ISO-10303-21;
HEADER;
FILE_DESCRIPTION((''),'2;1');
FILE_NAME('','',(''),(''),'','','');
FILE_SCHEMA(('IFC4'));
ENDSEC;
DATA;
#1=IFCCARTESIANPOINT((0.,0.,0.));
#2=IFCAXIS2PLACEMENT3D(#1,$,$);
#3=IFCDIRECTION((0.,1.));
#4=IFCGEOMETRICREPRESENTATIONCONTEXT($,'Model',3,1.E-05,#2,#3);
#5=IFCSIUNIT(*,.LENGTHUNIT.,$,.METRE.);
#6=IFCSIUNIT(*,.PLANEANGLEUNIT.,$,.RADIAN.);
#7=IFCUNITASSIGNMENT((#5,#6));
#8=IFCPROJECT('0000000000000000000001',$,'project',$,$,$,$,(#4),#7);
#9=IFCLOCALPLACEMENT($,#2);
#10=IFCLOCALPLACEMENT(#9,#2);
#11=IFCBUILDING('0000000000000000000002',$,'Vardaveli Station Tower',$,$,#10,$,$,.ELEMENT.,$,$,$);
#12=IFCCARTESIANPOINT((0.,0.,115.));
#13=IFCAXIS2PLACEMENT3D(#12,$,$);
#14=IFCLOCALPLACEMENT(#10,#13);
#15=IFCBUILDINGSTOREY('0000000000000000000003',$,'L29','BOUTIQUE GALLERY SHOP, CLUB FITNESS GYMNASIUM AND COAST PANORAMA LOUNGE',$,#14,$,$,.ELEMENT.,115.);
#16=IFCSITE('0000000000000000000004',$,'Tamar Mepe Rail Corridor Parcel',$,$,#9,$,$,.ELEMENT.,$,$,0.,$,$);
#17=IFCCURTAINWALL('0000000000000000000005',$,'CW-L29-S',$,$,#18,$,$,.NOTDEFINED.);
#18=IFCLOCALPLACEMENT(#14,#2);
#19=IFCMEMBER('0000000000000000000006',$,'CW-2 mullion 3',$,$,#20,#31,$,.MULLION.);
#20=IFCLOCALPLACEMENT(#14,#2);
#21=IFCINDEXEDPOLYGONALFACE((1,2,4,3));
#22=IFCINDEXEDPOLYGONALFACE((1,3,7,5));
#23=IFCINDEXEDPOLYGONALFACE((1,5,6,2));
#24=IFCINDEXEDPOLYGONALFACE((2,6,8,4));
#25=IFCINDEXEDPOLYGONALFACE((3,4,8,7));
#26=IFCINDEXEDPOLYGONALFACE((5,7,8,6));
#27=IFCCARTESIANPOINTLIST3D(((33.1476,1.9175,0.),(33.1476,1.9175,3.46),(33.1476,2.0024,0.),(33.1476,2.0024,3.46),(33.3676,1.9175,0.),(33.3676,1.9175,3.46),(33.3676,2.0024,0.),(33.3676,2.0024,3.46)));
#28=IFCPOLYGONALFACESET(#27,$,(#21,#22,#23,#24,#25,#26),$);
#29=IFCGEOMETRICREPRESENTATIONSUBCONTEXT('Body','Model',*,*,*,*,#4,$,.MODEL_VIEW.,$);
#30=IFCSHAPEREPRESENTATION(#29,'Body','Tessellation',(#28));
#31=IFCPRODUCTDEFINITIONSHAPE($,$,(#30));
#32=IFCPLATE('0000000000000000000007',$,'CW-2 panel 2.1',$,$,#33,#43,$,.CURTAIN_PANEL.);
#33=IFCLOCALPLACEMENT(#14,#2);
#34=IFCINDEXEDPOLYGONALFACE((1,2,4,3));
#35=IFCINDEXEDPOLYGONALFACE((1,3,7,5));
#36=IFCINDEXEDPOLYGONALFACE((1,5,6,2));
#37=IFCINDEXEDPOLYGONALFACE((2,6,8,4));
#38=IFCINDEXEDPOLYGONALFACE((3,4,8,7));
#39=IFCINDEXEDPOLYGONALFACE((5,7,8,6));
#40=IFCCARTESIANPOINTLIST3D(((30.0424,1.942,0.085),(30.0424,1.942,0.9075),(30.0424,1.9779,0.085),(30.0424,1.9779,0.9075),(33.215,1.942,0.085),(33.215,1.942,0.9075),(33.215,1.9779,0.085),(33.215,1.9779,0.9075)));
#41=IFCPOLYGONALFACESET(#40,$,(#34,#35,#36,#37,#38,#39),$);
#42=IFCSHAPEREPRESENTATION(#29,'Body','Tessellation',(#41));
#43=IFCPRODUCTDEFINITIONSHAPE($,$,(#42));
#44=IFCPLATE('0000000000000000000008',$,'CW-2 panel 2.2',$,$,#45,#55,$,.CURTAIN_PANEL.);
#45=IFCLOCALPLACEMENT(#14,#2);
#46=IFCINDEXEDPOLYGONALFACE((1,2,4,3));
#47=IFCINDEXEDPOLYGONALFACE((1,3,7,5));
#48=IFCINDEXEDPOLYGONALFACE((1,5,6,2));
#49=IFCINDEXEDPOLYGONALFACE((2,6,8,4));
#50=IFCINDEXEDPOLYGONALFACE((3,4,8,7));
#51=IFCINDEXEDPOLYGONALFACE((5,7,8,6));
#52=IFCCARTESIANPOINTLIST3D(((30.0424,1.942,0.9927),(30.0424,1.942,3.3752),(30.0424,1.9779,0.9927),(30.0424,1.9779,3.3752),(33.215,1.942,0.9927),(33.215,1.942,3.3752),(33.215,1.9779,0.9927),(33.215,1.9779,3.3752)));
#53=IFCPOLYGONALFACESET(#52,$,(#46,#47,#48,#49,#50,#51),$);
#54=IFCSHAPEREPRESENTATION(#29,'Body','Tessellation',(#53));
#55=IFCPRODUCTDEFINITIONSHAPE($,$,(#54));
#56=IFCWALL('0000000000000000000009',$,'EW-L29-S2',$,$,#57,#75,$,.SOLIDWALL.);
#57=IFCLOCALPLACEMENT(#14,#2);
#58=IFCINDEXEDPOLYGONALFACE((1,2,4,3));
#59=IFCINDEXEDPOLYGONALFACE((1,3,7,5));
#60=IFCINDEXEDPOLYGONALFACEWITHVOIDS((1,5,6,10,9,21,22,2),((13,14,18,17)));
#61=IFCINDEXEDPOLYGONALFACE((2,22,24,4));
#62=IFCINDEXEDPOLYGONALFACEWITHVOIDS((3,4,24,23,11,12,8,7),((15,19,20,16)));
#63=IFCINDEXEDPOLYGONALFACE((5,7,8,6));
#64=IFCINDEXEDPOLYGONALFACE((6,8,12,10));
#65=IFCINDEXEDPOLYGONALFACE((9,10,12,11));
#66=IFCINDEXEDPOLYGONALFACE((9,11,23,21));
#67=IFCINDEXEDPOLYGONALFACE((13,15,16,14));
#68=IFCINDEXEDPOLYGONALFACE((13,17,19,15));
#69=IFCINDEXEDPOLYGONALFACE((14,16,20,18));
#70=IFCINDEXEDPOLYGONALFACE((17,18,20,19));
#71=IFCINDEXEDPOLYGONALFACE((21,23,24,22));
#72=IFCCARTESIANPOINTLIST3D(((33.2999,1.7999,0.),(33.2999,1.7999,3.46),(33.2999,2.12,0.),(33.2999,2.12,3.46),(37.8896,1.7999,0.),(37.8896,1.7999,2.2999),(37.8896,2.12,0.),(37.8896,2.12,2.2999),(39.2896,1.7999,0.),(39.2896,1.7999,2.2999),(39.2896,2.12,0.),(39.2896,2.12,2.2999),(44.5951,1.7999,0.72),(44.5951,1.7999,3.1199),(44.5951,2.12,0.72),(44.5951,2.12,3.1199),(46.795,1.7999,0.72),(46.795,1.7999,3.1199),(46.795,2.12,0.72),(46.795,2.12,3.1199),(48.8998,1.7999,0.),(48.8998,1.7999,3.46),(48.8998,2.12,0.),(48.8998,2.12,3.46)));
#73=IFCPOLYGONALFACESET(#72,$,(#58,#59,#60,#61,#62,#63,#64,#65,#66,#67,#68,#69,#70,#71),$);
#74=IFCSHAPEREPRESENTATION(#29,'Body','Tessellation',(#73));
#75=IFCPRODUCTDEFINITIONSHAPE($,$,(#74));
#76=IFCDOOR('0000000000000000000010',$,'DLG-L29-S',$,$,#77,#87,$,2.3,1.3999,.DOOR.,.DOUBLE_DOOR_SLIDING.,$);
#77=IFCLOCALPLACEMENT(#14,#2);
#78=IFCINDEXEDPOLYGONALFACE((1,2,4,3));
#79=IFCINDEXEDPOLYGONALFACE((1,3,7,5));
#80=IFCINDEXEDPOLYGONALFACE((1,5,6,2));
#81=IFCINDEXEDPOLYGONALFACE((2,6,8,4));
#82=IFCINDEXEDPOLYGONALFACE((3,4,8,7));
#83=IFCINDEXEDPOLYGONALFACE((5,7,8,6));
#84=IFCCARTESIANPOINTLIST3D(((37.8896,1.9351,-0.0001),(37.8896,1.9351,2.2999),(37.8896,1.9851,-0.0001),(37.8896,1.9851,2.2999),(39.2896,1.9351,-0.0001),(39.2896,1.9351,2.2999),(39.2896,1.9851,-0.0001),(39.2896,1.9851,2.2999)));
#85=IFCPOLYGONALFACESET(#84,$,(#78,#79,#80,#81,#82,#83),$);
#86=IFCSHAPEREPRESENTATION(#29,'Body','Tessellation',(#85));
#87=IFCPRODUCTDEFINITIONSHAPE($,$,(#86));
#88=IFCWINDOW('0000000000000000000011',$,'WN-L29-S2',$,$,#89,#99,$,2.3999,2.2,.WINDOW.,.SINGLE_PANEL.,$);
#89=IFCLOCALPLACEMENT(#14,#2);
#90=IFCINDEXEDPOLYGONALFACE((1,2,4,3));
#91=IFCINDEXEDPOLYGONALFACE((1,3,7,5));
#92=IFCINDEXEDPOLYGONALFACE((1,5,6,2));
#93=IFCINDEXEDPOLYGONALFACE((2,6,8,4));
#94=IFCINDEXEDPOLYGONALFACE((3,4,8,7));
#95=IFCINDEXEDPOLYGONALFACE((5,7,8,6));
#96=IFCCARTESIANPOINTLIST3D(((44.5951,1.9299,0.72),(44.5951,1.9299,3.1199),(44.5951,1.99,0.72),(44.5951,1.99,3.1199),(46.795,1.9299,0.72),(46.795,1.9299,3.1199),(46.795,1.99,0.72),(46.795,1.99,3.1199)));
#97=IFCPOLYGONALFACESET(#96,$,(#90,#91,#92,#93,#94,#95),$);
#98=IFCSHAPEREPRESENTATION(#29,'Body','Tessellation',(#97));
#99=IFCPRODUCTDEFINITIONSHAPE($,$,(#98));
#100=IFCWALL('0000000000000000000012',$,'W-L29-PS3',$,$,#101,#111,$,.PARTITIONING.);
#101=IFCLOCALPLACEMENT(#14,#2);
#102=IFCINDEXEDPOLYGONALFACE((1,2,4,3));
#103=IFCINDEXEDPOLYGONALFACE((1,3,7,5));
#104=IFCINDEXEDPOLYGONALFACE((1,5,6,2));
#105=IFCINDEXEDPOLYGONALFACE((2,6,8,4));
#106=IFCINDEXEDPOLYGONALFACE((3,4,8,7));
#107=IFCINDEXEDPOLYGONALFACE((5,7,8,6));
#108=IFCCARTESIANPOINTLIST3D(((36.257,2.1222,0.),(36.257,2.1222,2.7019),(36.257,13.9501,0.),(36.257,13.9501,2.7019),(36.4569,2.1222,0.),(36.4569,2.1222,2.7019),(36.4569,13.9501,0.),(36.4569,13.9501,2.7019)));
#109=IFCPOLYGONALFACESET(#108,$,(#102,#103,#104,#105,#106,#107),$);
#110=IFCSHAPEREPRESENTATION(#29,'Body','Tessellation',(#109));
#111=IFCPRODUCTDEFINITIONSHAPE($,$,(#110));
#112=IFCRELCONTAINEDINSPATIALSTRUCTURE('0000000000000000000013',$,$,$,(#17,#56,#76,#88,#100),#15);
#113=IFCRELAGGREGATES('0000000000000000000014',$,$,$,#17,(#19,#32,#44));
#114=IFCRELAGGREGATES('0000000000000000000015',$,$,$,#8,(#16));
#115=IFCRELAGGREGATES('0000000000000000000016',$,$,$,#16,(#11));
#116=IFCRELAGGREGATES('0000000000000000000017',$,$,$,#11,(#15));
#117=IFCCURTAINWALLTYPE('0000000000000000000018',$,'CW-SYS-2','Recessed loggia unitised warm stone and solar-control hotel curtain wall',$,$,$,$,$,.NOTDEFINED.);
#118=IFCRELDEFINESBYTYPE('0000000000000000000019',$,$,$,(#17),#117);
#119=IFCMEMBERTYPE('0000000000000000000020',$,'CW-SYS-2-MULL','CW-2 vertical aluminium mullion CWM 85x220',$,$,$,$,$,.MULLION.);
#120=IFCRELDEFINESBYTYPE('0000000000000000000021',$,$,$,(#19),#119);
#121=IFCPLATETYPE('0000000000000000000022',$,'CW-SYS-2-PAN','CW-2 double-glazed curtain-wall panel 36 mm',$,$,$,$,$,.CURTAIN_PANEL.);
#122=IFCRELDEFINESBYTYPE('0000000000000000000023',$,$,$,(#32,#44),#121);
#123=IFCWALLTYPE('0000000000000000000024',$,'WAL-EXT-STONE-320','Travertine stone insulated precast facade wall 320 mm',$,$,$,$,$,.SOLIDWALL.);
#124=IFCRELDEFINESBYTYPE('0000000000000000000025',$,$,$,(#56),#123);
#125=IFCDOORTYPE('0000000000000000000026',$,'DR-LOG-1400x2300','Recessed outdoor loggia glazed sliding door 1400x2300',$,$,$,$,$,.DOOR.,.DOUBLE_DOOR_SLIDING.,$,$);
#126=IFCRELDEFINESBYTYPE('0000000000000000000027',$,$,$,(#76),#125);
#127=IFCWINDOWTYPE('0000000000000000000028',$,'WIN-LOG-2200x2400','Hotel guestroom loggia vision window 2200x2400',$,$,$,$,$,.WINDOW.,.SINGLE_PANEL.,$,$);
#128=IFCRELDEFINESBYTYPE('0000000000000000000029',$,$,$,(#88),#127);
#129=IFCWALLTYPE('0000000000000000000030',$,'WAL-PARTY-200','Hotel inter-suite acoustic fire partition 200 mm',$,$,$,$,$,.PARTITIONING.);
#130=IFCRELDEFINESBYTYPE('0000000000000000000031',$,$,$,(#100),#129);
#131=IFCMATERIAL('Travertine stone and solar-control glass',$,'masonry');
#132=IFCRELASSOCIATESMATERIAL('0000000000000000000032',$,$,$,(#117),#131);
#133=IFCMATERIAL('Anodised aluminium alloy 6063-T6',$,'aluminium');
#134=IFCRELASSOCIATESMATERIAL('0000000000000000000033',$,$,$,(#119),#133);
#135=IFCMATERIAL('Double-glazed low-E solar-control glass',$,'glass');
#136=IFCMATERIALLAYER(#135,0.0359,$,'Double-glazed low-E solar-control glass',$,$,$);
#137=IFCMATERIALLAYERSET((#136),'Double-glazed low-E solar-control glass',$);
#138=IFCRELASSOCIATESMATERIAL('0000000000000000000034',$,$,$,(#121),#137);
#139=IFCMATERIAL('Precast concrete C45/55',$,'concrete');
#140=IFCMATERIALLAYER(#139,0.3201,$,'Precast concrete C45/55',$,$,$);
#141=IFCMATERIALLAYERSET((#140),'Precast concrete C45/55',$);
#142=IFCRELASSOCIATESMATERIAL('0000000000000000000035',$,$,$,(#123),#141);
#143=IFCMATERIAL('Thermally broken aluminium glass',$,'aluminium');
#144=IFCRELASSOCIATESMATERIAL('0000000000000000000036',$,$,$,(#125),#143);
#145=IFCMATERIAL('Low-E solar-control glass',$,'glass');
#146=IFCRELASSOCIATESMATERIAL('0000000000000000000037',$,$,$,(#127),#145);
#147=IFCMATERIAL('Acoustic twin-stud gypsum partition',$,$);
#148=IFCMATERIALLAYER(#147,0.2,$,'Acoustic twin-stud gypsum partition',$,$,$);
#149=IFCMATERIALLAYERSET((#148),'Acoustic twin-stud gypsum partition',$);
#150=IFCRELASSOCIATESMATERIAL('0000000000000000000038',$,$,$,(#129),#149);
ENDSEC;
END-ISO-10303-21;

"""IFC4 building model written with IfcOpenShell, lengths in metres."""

from ifc_helpers import new_model, si_unit, direction, frame, frame_2d, origin, origin_2d, place, context, subcontext, project, spatial, rectangle, extrude, source, transform, mapped, material, layer, layer_set, material_profile, profile_set, type_object, element, fill, aggregate, save


model = new_model("IFC4")

# Units and contexts
model_context = context("Model", 3, precision=1e-05, world=origin(), true_north=direction((0.0, 1.0)))
body_context = subcontext(model_context, "Body", "Model", "MODEL_VIEW")
ifc_project = project(units=[si_unit("LENGTHUNIT", "METRE"), si_unit("PLANEANGLEUNIT", "RADIAN")], contexts=[model_context])

# Site, building, storey
site_placement = place(None, origin())
site = spatial("IfcSite", under=ifc_project, at=site_placement, Name="Tamar Mepe Rail Corridor Parcel", CompositionType="ELEMENT", RefElevation=0.0)
building_placement = place(site_placement, origin())
building = spatial("IfcBuilding", under=site, at=building_placement, Name="Vardaveli Station Tower", CompositionType="ELEMENT")
storey_placement = place(building_placement, frame((0.0, 0.0, 115.0)))
storey = spatial("IfcBuildingStorey", under=building, at=storey_placement, Name="L29", Description="BOUTIQUE GALLERY SHOP, CLUB FITNESS GYMNASIUM AND COAST PANORAMA LOUNGE", CompositionType="ELEMENT", Elevation=115.0)

# Shared definitions
ifc_material_1 = material(Name="Precast concrete C45/55", Category="concrete")

# Curtain wall, member, plates
ifc_material_2 = material(Name="Travertine stone and solar-control glass", Category="masonry")
curtain_wall_type = type_object("IfcCurtainWallType", Name="CW-SYS-2", Description="Recessed loggia unitised warm stone and solar-control hotel curtain wall", PredefinedType="NOTDEFINED", material=ifc_material_2)
curtain_wall_placement = place(storey_placement, origin())
curtain_wall = element("IfcCurtainWall", 1, at=curtain_wall_placement, inside=storey, type_object=curtain_wall_type, Name="CW-L29-S", PredefinedType="NOTDEFINED")
ifc_material_3 = material(Name="Anodised aluminium alloy 6063-T6", Category="aluminium")
ifc_material_profile_1 = material_profile(ifc_material_3, rectangle(XDim=0.085, YDim=0.22, at=origin_2d()), Name="CWM 85x220")
ifc_profile_set_1 = profile_set([ifc_material_profile_1], Name="Anodised aluminium alloy 6063-T6")
member_type = type_object("IfcMemberType", Name="CW-SYS-2-MULL", Description="CW-2 vertical aluminium mullion CWM 85x220", PredefinedType="MULLION", material=ifc_profile_set_1)
shared_shape_1 = source(origin(), body_context, "Body", "SweptSolid", [
    extrude(rectangle(XDim=0.085, YDim=0.22, at=origin_2d()), origin(), (0.0, 0.0, 1.0), 3.46),
])
member_placement = place(storey_placement, frame((33.2576, 1.96, 0.0), z_axis=(0.0, 0.0, 1.0), x_axis=(0.0, 1.0, 0.0)))
member = element("IfcMember", 2, at=member_placement, type_object=member_type, Name="CW-2 mullion 3", PredefinedType="MULLION", context=body_context, shape_type="MappedRepresentation", body=[
    mapped(shared_shape_1, transform((0.0, 0.0, 0.0), scale=1.0)),
])
ifc_material_4 = material(Name="Double-glazed low-E solar-control glass", Category="glass")
ifc_layer_1 = layer(ifc_material_4, 0.0359, Name="Double-glazed low-E solar-control glass")
ifc_layer_set_1 = layer_set([ifc_layer_1], Name="Double-glazed low-E solar-control glass")
plate_type = type_object("IfcPlateType", Name="CW-SYS-2-PAN", Description="CW-2 double-glazed curtain-wall panel 36 mm", PredefinedType="CURTAIN_PANEL", material=ifc_layer_set_1)
shared_shape_2 = source(origin(), body_context, "Body", "SweptSolid", [
    extrude(rectangle(XDim=3.1726, YDim=0.0359, at=origin_2d()), origin(), (0.0, 0.0, 1.0), 0.8225),
])
plate_1_placement = place(storey_placement, frame((31.6287, 1.96, 0.085), z_axis=(0.0, 0.0, 1.0), x_axis=(1.0, 0.0, 0.0)))
plate_1 = element("IfcPlate", 3, at=plate_1_placement, type_object=plate_type, Name="CW-2 panel 2.1", PredefinedType="CURTAIN_PANEL", context=body_context, shape_type="MappedRepresentation", body=[
    mapped(shared_shape_2, transform((0.0, 0.0, 0.0), scale=1.0)),
])
shared_shape_3 = source(origin(), body_context, "Body", "SweptSolid", [
    extrude(rectangle(XDim=3.1726, YDim=0.0359, at=origin_2d()), origin(), (0.0, 0.0, 1.0), 2.3826),
])
plate_2_placement = place(storey_placement, frame((31.6287, 1.96, 0.9927), z_axis=(0.0, 0.0, 1.0), x_axis=(1.0, 0.0, 0.0)))
plate_2 = element("IfcPlate", 4, at=plate_2_placement, type_object=plate_type, Name="CW-2 panel 2.2", PredefinedType="CURTAIN_PANEL", context=body_context, shape_type="MappedRepresentation", body=[
    mapped(shared_shape_3, transform((0.0, 0.0, 0.0), scale=1.0)),
])
aggregate(curtain_wall, [member, plate_1, plate_2])

# Wall, openings, door, window
ifc_layer_2 = layer(ifc_material_1, 0.3201, Name="Precast concrete C45/55")
ifc_layer_set_2 = layer_set([ifc_layer_2], Name="Precast concrete C45/55")
wall_type_1 = type_object("IfcWallType", Name="WAL-EXT-STONE-320", Description="Travertine stone insulated precast facade wall 320 mm", PredefinedType="SOLIDWALL", material=ifc_layer_set_2)
shared_shape_4 = source(origin(), body_context, "Body", "SweptSolid", [
    extrude(rectangle(XDim=15.5999, YDim=0.3201, at=frame_2d((7.7998, 0.0))), origin(), (0.0, 0.0, 1.0), 3.46),
])
wall_1_placement = place(storey_placement, frame((33.3, 1.96, 0.0), z_axis=(0.0, 0.0, 1.0), x_axis=(1.0, 0.0, 0.0)))
wall_1 = element("IfcWall", 5, at=wall_1_placement, inside=storey, type_object=wall_type_1, Name="EW-L29-S2", PredefinedType="SOLIDWALL", context=body_context, shape_type="MappedRepresentation", body=[
    mapped(shared_shape_4, transform((0.0, 0.0, 0.0), scale=1.0)),
])
shared_shape_5 = source(origin(), body_context, "Body", "SweptSolid", [
    extrude(rectangle(XDim=1.3999, YDim=2.3, at=frame_2d((0.7, 1.1499))), frame((0.0, 0.1699, 0.0), z_axis=(0.0, -1.0, 0.0), x_axis=(1.0, 0.0, 0.0)), (0.0, 0.0, 1.0), 0.3401),
])
opening_1_placement = place(wall_1_placement, frame((4.5896, 0.0, 0.0)))
opening_1 = element("IfcOpeningElement", 6, at=opening_1_placement, cuts=wall_1, PredefinedType="OPENING", context=body_context, shape_type="MappedRepresentation", body=[
    mapped(shared_shape_5, transform((0.0, 0.0, 0.0), scale=1.0)),
])
shared_shape_6 = source(origin(), body_context, "Body", "SweptSolid", [
    extrude(rectangle(XDim=2.2, YDim=2.3999, at=frame_2d((1.1001, 1.2))), frame((0.0, 0.1699, 0.0), z_axis=(0.0, -1.0, 0.0), x_axis=(1.0, 0.0, 0.0)), (0.0, 0.0, 1.0), 0.3401),
])
opening_2_placement = place(wall_1_placement, frame((11.2949, 0.0, 0.72)))
opening_2 = element("IfcOpeningElement", 7, at=opening_2_placement, cuts=wall_1, PredefinedType="OPENING", context=body_context, shape_type="MappedRepresentation", body=[
    mapped(shared_shape_6, transform((0.0, 0.0, 0.0), scale=1.0)),
])
ifc_material_5 = material(Name="Thermally broken aluminium glass", Category="aluminium")
door_type = type_object("IfcDoorType", Name="DR-LOG-1400x2300", Description="Recessed outdoor loggia glazed sliding door 1400x2300", OperationType="DOUBLE_DOOR_SLIDING", PredefinedType="DOOR", material=ifc_material_5)
shared_shape_7 = source(origin(), body_context, "Body", "SweptSolid", [
    extrude(rectangle(XDim=1.3999, YDim=2.3, at=frame_2d((0.7, 1.1499))), frame((0.0, 0.0249, 0.0), z_axis=(0.0, -1.0, 0.0), x_axis=(1.0, 0.0, 0.0)), (0.0, 0.0, 1.0), 0.05),
])
door_placement = place(opening_1_placement, frame((1.3999, 0.0, 0.0), z_axis=(0.0, 0.0, 1.0), x_axis=(-1.0, 0.0, 0.0)))
door = element("IfcDoor", 8, at=door_placement, inside=storey, type_object=door_type, Name="DLG-L29-S", OperationType="DOUBLE_DOOR_SLIDING", OverallHeight=2.3, OverallWidth=1.3999, PredefinedType="DOOR", context=body_context, shape_type="MappedRepresentation", body=[
    mapped(shared_shape_7, transform((0.0, 0.0, 0.0), scale=1.0)),
])
fill(opening_1, door)
ifc_material_6 = material(Name="Low-E solar-control glass", Category="glass")
window_type = type_object("IfcWindowType", Name="WIN-LOG-2200x2400", Description="Hotel guestroom loggia vision window 2200x2400", PartitioningType="SINGLE_PANEL", PredefinedType="WINDOW", material=ifc_material_6)
shared_shape_8 = source(origin(), body_context, "Body", "SweptSolid", [
    extrude(rectangle(XDim=2.2, YDim=2.3999, at=frame_2d((1.1001, 1.2))), frame((0.0, 0.03, 0.0), z_axis=(0.0, -1.0, 0.0), x_axis=(1.0, 0.0, 0.0)), (0.0, 0.0, 1.0), 0.0601),
])
window_placement = place(opening_2_placement, origin())
window = element("IfcWindow", 9, at=window_placement, inside=storey, type_object=window_type, Name="WN-L29-S2", OverallHeight=2.3999, OverallWidth=2.2, PartitioningType="SINGLE_PANEL", PredefinedType="WINDOW", context=body_context, shape_type="MappedRepresentation", body=[
    mapped(shared_shape_8, transform((0.0, 0.0, 0.0), scale=1.0)),
])
fill(opening_2, window)

# Wall
ifc_material_7 = material(Name="Acoustic twin-stud gypsum partition")
ifc_layer_3 = layer(ifc_material_7, 0.2, Name="Acoustic twin-stud gypsum partition")
ifc_layer_set_3 = layer_set([ifc_layer_3], Name="Acoustic twin-stud gypsum partition")
wall_type_2 = type_object("IfcWallType", Name="WAL-PARTY-200", Description="Hotel inter-suite acoustic fire partition 200 mm", PredefinedType="PARTITIONING", material=ifc_layer_set_3)
shared_shape_9 = source(origin(), body_context, "Body", "SweptSolid", [
    extrude(rectangle(XDim=11.8279, YDim=0.2, at=frame_2d((5.9141, 0.0))), origin(), (0.0, 0.0, 1.0), 2.7019),
])
wall_2_placement = place(storey_placement, frame((36.3569, 2.1221, 0.0), z_axis=(0.0, 0.0, 1.0), x_axis=(0.0, 1.0, 0.0)))
element("IfcWall", 10, at=wall_2_placement, inside=storey, type_object=wall_type_2, Name="W-L29-PS3", PredefinedType="PARTITIONING", context=body_context, shape_type="MappedRepresentation", body=[
    mapped(shared_shape_9, transform((0.0, 0.0, 0.0), scale=1.0)),
])

save(model, "model.ifc")
